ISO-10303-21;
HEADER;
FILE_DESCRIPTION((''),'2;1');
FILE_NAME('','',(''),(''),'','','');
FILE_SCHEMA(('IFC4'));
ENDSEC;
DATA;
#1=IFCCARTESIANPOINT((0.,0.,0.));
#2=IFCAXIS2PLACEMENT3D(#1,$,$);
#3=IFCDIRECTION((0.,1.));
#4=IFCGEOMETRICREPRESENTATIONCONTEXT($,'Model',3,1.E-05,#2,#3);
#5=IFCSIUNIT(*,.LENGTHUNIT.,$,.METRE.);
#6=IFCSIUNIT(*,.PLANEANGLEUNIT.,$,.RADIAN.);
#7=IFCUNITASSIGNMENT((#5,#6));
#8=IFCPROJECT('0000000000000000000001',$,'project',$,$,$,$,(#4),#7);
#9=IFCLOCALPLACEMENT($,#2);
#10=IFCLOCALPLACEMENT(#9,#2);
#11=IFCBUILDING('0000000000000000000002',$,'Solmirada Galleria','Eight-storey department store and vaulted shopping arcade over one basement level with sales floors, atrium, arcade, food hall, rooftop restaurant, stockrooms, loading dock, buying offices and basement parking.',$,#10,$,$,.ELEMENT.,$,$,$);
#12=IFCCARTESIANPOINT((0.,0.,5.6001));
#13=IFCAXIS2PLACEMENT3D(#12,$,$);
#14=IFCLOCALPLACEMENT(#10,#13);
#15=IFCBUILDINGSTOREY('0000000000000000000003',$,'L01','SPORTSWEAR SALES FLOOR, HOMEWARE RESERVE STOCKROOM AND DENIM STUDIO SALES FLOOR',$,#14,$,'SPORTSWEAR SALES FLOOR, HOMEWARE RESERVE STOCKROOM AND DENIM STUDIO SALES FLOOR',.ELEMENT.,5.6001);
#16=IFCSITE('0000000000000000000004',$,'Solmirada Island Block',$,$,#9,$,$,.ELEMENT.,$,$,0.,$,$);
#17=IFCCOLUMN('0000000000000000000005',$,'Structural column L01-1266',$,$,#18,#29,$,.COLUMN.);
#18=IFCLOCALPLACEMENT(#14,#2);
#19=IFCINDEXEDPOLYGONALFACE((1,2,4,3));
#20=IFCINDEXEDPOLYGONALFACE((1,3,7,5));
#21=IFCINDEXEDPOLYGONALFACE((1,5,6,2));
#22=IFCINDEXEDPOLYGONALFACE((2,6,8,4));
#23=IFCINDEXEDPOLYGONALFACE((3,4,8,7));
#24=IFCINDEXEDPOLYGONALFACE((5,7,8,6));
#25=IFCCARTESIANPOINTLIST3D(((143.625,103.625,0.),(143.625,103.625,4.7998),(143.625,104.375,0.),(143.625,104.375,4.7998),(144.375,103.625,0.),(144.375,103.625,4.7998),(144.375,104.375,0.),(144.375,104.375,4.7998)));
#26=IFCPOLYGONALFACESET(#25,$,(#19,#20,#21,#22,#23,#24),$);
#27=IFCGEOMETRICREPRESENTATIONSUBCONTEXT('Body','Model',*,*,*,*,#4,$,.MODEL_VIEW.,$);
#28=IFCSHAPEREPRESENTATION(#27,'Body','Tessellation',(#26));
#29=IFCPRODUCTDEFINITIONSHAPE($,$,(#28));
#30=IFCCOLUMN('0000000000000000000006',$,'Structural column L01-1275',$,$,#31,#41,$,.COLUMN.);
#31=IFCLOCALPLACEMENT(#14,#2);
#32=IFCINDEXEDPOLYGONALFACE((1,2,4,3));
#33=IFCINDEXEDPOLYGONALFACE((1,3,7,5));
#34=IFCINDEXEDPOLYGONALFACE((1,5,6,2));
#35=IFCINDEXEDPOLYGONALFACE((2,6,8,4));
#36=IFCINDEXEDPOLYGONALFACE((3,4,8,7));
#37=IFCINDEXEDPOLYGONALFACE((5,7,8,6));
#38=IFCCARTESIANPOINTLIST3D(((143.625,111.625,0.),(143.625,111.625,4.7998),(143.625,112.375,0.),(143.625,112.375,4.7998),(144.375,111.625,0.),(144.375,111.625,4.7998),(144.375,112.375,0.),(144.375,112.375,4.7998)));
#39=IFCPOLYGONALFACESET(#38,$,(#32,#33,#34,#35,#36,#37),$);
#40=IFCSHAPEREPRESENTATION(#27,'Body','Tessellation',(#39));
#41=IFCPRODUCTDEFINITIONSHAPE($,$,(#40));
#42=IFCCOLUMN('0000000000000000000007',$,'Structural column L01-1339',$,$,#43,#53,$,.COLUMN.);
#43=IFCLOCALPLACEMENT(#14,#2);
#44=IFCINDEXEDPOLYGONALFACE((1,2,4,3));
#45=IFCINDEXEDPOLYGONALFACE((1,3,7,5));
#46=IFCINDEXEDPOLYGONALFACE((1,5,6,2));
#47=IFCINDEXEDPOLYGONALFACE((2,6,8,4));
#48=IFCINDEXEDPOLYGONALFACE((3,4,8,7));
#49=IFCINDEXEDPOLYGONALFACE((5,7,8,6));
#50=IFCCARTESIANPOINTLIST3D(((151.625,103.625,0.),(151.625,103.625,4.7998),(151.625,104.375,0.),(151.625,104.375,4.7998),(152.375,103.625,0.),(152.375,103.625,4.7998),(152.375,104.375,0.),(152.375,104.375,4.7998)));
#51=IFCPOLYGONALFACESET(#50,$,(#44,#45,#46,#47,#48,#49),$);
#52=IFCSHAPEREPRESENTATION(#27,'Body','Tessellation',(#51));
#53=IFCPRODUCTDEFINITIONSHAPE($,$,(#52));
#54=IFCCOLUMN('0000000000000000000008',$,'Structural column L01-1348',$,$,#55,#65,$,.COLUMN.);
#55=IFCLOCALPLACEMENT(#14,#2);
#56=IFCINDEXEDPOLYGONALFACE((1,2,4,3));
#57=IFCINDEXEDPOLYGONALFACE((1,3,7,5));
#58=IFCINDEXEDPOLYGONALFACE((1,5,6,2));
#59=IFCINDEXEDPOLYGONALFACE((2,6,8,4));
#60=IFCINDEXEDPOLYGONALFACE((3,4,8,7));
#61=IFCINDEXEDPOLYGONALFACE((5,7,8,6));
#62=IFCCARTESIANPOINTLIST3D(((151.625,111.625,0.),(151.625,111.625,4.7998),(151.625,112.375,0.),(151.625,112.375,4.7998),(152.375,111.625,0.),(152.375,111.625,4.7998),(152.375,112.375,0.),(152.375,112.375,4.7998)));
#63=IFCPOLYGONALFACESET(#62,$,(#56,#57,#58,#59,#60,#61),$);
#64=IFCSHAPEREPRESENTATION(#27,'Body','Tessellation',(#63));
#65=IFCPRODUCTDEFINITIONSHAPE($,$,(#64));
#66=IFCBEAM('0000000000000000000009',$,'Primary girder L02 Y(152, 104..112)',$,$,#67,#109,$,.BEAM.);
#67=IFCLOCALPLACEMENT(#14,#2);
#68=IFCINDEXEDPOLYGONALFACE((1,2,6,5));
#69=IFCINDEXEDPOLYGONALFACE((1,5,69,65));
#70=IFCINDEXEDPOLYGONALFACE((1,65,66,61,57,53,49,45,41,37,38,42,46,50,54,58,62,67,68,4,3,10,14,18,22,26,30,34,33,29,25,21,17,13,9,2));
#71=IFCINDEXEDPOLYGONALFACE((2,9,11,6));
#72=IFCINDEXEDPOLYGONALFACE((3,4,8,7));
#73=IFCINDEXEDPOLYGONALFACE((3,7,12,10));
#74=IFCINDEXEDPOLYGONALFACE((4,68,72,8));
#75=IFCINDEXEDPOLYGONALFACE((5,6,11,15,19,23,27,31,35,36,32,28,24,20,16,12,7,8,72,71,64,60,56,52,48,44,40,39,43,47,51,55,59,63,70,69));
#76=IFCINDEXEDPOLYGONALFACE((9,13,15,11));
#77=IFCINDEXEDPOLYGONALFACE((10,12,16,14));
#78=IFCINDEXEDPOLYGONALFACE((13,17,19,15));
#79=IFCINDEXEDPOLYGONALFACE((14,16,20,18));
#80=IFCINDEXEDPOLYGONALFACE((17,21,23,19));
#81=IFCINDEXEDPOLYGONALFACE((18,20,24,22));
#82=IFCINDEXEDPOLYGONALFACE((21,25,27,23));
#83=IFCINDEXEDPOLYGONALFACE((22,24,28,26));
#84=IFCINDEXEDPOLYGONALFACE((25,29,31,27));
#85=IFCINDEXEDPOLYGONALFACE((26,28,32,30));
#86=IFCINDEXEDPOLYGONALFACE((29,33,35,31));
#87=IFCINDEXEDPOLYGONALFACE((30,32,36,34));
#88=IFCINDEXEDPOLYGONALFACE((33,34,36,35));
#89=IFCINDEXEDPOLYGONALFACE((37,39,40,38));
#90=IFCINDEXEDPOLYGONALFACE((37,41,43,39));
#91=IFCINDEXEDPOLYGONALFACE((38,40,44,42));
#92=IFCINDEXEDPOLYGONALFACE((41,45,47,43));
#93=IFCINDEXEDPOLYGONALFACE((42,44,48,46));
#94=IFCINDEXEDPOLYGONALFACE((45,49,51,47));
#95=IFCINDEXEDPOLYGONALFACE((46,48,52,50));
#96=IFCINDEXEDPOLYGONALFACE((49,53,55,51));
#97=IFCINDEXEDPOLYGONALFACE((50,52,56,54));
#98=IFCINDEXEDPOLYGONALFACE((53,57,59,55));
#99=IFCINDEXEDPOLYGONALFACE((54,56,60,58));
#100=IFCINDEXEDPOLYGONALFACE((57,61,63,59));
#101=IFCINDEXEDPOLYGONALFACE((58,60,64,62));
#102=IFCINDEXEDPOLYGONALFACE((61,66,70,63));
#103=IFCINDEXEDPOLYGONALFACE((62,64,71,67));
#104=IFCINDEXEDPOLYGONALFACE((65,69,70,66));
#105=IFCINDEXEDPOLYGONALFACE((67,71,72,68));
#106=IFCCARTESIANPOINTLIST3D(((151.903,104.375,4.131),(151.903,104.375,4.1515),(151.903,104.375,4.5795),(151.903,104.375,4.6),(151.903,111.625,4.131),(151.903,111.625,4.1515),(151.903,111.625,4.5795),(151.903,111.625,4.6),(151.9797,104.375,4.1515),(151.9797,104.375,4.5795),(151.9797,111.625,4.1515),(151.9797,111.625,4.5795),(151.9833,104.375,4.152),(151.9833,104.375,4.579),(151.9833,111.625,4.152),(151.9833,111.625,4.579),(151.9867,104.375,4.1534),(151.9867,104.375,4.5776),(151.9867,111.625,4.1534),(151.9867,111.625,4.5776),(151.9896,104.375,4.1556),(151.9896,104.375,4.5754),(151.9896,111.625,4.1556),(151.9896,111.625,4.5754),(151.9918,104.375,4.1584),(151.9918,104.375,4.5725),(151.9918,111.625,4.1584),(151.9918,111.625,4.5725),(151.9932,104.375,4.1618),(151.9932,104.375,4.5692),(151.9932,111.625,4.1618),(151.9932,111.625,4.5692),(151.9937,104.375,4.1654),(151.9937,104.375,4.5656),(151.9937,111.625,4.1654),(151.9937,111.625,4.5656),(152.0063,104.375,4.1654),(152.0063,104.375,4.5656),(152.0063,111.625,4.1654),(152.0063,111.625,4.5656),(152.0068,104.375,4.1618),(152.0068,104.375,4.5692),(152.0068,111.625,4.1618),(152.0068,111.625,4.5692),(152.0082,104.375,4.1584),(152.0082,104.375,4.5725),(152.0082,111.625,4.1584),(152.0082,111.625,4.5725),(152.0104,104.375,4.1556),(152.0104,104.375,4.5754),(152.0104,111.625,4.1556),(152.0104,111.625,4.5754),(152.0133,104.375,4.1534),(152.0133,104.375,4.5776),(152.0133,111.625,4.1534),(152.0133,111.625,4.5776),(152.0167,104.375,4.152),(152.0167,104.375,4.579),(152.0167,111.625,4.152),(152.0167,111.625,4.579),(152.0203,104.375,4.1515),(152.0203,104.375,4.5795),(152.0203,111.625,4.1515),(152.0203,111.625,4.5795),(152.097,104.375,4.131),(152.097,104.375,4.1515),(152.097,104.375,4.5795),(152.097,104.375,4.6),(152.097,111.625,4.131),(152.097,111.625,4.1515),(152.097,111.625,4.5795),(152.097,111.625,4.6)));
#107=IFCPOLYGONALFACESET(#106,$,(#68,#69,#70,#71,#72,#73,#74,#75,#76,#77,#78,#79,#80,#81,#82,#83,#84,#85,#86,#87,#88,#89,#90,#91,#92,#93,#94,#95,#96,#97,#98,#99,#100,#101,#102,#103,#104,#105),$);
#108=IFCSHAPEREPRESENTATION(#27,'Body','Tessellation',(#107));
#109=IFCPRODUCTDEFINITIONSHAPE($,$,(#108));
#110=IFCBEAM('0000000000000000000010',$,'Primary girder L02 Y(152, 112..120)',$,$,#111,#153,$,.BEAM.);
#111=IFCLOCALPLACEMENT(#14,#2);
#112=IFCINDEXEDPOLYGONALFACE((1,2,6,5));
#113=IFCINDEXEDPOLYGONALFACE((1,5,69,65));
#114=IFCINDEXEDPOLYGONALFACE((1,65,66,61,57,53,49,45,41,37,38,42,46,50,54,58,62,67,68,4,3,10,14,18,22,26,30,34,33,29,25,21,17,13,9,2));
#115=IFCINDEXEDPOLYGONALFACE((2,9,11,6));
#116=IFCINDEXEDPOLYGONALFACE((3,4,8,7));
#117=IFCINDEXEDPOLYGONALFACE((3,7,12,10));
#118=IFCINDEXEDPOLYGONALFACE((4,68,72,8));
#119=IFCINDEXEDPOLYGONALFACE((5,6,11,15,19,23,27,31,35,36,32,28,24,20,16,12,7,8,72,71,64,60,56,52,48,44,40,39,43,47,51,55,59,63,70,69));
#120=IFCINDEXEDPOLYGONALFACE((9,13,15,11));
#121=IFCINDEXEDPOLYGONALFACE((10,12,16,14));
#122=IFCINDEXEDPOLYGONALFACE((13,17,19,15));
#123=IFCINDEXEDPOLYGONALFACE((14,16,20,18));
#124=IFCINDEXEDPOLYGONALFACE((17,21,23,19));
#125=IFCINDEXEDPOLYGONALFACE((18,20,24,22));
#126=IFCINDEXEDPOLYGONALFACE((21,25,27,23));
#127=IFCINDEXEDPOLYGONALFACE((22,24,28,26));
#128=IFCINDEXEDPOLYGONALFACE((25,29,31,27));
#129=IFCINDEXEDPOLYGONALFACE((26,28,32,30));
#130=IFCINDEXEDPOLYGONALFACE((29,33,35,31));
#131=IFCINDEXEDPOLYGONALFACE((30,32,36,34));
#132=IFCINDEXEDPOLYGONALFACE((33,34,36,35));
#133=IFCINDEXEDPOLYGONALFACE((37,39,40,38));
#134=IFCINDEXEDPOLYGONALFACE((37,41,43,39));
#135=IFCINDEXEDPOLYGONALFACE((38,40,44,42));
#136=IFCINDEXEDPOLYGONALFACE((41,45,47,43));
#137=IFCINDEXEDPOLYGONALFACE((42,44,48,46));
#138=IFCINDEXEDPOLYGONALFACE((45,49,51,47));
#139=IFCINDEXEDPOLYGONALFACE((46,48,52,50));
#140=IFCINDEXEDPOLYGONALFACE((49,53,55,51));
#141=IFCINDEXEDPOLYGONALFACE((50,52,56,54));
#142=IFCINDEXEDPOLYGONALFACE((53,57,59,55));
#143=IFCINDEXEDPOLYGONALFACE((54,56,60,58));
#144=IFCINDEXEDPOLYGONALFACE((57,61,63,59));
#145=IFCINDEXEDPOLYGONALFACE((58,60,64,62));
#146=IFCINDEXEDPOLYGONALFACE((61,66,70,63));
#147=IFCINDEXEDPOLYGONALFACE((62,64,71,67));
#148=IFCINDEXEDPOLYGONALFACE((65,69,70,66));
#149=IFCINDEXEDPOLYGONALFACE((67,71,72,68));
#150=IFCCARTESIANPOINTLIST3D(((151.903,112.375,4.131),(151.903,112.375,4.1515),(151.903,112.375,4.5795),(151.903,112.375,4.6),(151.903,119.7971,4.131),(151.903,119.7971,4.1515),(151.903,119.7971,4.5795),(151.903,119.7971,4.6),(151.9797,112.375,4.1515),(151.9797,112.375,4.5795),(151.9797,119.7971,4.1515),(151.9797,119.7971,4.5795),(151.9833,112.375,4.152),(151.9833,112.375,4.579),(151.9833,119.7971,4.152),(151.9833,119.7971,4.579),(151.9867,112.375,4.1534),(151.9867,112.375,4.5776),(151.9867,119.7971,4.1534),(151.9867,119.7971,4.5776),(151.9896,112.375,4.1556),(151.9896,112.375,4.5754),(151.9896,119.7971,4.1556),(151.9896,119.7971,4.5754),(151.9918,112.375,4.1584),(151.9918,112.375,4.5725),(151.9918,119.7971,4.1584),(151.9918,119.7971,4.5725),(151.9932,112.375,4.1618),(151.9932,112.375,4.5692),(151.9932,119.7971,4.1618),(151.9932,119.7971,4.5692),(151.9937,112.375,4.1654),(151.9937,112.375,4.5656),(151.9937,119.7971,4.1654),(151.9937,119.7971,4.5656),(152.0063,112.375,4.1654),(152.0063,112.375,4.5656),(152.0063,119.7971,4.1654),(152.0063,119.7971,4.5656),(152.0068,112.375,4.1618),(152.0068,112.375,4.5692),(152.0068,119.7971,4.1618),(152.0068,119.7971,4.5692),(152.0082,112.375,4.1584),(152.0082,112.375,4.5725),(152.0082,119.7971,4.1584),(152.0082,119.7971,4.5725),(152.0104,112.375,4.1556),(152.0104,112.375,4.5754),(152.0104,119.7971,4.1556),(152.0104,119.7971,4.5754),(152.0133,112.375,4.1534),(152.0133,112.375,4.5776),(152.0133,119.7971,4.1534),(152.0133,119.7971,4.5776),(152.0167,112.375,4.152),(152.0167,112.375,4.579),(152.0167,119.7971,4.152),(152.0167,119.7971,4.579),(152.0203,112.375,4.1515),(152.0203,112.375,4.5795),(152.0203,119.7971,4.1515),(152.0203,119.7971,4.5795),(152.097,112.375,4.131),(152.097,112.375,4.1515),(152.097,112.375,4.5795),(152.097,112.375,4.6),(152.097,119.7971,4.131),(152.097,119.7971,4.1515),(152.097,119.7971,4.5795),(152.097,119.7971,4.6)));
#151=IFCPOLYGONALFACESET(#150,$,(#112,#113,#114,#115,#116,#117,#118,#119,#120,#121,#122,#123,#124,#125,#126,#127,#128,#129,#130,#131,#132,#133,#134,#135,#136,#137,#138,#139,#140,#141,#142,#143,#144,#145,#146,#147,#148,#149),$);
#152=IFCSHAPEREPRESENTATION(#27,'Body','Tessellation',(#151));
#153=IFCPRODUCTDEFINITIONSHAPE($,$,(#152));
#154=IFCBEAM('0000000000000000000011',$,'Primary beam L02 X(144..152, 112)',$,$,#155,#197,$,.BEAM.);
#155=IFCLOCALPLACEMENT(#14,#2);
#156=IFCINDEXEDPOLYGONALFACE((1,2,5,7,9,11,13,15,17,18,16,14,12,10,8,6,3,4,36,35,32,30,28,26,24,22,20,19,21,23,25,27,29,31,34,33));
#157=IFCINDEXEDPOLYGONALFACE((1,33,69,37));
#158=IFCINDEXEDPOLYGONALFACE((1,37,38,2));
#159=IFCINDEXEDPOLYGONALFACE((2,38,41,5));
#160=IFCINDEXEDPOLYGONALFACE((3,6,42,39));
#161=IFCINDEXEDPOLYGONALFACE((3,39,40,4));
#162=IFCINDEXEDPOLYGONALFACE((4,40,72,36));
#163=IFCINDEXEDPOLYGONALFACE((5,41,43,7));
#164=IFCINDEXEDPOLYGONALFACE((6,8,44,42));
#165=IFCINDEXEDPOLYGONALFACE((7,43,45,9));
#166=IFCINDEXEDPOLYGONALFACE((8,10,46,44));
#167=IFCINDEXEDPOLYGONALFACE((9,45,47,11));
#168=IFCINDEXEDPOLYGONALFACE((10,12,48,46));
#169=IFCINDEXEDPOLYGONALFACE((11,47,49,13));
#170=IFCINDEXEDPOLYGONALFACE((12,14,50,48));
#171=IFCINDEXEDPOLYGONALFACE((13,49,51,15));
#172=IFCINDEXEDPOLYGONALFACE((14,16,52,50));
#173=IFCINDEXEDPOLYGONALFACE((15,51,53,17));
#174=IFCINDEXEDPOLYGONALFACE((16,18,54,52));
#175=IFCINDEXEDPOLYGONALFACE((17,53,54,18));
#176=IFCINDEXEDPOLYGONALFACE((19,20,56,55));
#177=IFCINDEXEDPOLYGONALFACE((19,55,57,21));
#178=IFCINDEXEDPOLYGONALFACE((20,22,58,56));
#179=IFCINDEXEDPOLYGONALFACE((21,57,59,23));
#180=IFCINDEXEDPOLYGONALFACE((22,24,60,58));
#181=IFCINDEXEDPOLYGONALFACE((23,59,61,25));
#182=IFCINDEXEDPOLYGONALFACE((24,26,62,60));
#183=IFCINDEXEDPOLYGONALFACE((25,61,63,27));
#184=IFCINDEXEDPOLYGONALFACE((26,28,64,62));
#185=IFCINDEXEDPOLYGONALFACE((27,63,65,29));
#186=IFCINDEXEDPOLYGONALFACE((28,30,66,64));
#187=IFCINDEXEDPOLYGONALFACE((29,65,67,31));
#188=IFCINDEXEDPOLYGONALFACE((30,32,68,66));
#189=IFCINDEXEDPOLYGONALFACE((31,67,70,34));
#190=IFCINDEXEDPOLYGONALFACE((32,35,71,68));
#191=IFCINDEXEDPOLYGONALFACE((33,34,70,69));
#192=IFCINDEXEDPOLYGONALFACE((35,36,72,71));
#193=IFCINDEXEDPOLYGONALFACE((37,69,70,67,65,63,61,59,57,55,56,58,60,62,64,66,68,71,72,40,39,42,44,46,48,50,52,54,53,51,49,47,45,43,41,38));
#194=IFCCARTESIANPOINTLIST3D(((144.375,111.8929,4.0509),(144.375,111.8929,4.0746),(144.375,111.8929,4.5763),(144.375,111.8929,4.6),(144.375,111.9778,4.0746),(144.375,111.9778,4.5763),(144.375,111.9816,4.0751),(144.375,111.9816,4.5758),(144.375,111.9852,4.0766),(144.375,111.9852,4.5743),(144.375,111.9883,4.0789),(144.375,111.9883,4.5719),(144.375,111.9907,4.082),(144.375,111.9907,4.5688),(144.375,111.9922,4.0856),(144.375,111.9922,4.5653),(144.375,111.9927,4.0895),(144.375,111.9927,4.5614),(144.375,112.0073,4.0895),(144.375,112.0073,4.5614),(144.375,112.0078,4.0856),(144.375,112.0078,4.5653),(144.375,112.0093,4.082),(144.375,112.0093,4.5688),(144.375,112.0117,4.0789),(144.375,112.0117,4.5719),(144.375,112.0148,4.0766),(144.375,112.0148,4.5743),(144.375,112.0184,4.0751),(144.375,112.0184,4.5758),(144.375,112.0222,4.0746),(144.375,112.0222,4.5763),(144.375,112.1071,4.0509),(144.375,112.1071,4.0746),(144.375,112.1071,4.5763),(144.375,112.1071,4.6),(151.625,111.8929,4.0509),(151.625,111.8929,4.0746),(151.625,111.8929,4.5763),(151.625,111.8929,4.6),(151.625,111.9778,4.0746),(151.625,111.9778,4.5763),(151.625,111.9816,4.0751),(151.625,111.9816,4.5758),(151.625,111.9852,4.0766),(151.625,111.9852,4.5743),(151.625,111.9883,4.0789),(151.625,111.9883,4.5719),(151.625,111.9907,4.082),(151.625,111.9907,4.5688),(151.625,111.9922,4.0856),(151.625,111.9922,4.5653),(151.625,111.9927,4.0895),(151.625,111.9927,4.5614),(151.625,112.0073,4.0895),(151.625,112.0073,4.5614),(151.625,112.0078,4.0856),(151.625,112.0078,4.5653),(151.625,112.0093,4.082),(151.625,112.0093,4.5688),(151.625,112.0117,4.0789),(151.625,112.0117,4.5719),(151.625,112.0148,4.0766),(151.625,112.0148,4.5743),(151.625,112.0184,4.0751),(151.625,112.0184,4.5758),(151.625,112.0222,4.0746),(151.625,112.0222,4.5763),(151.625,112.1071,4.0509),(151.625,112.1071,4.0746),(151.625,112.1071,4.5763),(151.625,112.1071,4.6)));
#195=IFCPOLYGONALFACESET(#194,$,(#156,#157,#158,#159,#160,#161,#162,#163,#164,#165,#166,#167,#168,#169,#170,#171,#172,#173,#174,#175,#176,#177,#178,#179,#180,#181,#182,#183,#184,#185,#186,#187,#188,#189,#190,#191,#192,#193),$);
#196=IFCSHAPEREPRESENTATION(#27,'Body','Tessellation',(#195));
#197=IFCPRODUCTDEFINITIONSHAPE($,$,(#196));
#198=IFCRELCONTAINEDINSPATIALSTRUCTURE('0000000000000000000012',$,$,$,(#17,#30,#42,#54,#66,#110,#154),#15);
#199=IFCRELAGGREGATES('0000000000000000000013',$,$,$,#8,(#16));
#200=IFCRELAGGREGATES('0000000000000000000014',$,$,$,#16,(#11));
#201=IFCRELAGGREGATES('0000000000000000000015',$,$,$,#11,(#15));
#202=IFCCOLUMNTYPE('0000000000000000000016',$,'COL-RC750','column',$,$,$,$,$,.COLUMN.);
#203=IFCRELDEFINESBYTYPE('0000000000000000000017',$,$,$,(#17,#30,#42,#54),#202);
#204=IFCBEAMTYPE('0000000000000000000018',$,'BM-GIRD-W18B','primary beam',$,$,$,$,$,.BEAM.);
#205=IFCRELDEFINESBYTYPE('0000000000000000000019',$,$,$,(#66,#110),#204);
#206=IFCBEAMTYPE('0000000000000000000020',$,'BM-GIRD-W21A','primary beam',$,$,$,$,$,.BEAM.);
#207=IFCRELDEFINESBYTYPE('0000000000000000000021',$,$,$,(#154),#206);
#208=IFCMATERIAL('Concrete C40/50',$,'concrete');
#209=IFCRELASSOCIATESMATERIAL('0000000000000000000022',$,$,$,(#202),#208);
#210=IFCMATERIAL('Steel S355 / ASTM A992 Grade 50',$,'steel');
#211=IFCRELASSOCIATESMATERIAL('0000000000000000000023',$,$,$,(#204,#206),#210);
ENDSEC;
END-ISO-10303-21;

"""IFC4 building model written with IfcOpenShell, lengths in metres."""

from ifc_helpers import new_model, si_unit, direction, frame, origin, origin_2d, place, context, subcontext, project, spatial, rectangle, i_section, extrude, material, material_profile, profile_set, type_object, element, save


model = new_model("IFC4")

# Units and contexts
model_context = context("Model", 3, precision=1e-05, world=origin(), true_north=direction((0.0, 1.0)))
body_context = subcontext(model_context, "Body", "Model", "MODEL_VIEW")
ifc_project = project(units=[si_unit("LENGTHUNIT", "METRE"), si_unit("PLANEANGLEUNIT", "RADIAN")], contexts=[model_context])

# Site, building, storey
site_placement = place(None, origin())
site = spatial("IfcSite", under=ifc_project, at=site_placement, Name="Solmirada Island Block", CompositionType="ELEMENT", RefElevation=0.0)
building_placement = place(site_placement, origin())
building = spatial("IfcBuilding", under=site, at=building_placement, Name="Solmirada Galleria", Description="Eight-storey department store and vaulted shopping arcade over one basement level with sales floors, atrium, arcade, food hall, rooftop restaurant, stockrooms, loading dock, buying offices and basement parking.", CompositionType="ELEMENT")
storey_placement = place(building_placement, frame((0.0, 0.0, 5.6001)))
storey = spatial("IfcBuildingStorey", under=building, at=storey_placement, Name="L01", Description="SPORTSWEAR SALES FLOOR, HOMEWARE RESERVE STOCKROOM AND DENIM STUDIO SALES FLOOR", LongName="SPORTSWEAR SALES FLOOR, HOMEWARE RESERVE STOCKROOM AND DENIM STUDIO SALES FLOOR", CompositionType="ELEMENT", Elevation=5.6001)

# Columns
ifc_material_1 = material(Name="Concrete C40/50", Category="concrete")
ifc_material_profile_1 = material_profile(ifc_material_1, rectangle(XDim=0.75, YDim=0.75, at=origin_2d()), Name="RC750X750")
ifc_profile_set_1 = profile_set([ifc_material_profile_1], Name="Concrete C40/50")
column_type = type_object("IfcColumnType", Name="COL-RC750", Description="column", PredefinedType="COLUMN", material=ifc_profile_set_1)
for number, where, z_axis, x_axis, name in (
    (1, (144.0, 104.0, 0.0), (0.0, 0.0, 1.0), (1.0, 0.0, 0.0), "Structural column L01-1266"),
    (2, (144.0, 112.0, 0.0), (0.0, 0.0, 1.0), (1.0, 0.0, 0.0), "Structural column L01-1275"),
    (3, (152.0, 104.0, 0.0), (0.0, 0.0, 1.0), (1.0, 0.0, 0.0), "Structural column L01-1339"),
    (4, (152.0, 112.0, 0.0), (0.0, 0.0, 1.0), (1.0, 0.0, 0.0), "Structural column L01-1348"),
):
    element("IfcColumn", number, at=place(storey_placement, frame(where, z_axis=z_axis, x_axis=x_axis)), inside=storey, type_object=column_type, Name=name, PredefinedType="COLUMN", context=body_context, shape_type="SweptSolid", body=[
        extrude(rectangle(XDim=0.75, YDim=0.75, at=origin_2d()), origin(), (0.0, 0.0, 1.0), 4.7998),
    ])

# Beams
ifc_material_2 = material(Name="Steel S355 / ASTM A992 Grade 50", Category="steel")
ifc_material_profile_2 = material_profile(ifc_material_2, i_section(OverallWidth=0.1941, OverallDepth=0.469, WebThickness=0.0127, FlangeThickness=0.0205, FilletRadius=0.0139, at=origin_2d()), Name="W18X71")
ifc_profile_set_2 = profile_set([ifc_material_profile_2], Name="Steel S355 / ASTM A992 Grade 50")
beam_type_1 = type_object("IfcBeamType", Name="BM-GIRD-W18B", Description="primary beam", PredefinedType="BEAM", material=ifc_profile_set_2)
beam_1_placement = place(storey_placement, frame((152.0, 104.375, 4.3655), z_axis=(0.0, 1.0, 0.0), x_axis=(-1.0, 0.0, 0.0)))
element("IfcBeam", 5, at=beam_1_placement, inside=storey, type_object=beam_type_1, Name="Primary girder L02 Y(152, 104..112)", PredefinedType="BEAM", context=body_context, shape_type="SweptSolid", body=[
    extrude(i_section(OverallWidth=0.1941, OverallDepth=0.469, WebThickness=0.0127, FlangeThickness=0.0205, FilletRadius=0.0139, at=origin_2d()), origin(), (0.0, 0.0, 1.0), 7.25),
])
beam_2_placement = place(storey_placement, frame((152.0, 112.375, 4.3655), z_axis=(0.0, 1.0, 0.0), x_axis=(-1.0, 0.0, 0.0)))
element("IfcBeam", 6, at=beam_2_placement, inside=storey, type_object=beam_type_1, Name="Primary girder L02 Y(152, 112..120)", PredefinedType="BEAM", context=body_context, shape_type="SweptSolid", body=[
    extrude(i_section(OverallWidth=0.1941, OverallDepth=0.469, WebThickness=0.0127, FlangeThickness=0.0205, FilletRadius=0.0139, at=origin_2d()), origin(), (0.0, 0.0, 1.0), 7.4221),
])
ifc_material_profile_3 = material_profile(ifc_material_2, i_section(OverallWidth=0.2141, OverallDepth=0.5491, WebThickness=0.0146, FlangeThickness=0.0237, FilletRadius=0.0149, at=origin_2d()), Name="W21X93")
ifc_profile_set_3 = profile_set([ifc_material_profile_3], Name="Steel S355 / ASTM A992 Grade 50")
beam_type_2 = type_object("IfcBeamType", Name="BM-GIRD-W21A", Description="primary beam", PredefinedType="BEAM", material=ifc_profile_set_3)
beam_3_placement = place(storey_placement, frame((144.375, 112.0, 4.3254), z_axis=(1.0, 0.0, 0.0), x_axis=(0.0, 1.0, 0.0)))
element("IfcBeam", 7, at=beam_3_placement, inside=storey, type_object=beam_type_2, Name="Primary beam L02 X(144..152, 112)", PredefinedType="BEAM", context=body_context, shape_type="SweptSolid", body=[
    extrude(i_section(OverallWidth=0.2141, OverallDepth=0.5491, WebThickness=0.0146, FlangeThickness=0.0237, FilletRadius=0.0149, at=origin_2d()), origin(), (0.0, 0.0, 1.0), 7.25),
])

save(model, "model.ifc")
